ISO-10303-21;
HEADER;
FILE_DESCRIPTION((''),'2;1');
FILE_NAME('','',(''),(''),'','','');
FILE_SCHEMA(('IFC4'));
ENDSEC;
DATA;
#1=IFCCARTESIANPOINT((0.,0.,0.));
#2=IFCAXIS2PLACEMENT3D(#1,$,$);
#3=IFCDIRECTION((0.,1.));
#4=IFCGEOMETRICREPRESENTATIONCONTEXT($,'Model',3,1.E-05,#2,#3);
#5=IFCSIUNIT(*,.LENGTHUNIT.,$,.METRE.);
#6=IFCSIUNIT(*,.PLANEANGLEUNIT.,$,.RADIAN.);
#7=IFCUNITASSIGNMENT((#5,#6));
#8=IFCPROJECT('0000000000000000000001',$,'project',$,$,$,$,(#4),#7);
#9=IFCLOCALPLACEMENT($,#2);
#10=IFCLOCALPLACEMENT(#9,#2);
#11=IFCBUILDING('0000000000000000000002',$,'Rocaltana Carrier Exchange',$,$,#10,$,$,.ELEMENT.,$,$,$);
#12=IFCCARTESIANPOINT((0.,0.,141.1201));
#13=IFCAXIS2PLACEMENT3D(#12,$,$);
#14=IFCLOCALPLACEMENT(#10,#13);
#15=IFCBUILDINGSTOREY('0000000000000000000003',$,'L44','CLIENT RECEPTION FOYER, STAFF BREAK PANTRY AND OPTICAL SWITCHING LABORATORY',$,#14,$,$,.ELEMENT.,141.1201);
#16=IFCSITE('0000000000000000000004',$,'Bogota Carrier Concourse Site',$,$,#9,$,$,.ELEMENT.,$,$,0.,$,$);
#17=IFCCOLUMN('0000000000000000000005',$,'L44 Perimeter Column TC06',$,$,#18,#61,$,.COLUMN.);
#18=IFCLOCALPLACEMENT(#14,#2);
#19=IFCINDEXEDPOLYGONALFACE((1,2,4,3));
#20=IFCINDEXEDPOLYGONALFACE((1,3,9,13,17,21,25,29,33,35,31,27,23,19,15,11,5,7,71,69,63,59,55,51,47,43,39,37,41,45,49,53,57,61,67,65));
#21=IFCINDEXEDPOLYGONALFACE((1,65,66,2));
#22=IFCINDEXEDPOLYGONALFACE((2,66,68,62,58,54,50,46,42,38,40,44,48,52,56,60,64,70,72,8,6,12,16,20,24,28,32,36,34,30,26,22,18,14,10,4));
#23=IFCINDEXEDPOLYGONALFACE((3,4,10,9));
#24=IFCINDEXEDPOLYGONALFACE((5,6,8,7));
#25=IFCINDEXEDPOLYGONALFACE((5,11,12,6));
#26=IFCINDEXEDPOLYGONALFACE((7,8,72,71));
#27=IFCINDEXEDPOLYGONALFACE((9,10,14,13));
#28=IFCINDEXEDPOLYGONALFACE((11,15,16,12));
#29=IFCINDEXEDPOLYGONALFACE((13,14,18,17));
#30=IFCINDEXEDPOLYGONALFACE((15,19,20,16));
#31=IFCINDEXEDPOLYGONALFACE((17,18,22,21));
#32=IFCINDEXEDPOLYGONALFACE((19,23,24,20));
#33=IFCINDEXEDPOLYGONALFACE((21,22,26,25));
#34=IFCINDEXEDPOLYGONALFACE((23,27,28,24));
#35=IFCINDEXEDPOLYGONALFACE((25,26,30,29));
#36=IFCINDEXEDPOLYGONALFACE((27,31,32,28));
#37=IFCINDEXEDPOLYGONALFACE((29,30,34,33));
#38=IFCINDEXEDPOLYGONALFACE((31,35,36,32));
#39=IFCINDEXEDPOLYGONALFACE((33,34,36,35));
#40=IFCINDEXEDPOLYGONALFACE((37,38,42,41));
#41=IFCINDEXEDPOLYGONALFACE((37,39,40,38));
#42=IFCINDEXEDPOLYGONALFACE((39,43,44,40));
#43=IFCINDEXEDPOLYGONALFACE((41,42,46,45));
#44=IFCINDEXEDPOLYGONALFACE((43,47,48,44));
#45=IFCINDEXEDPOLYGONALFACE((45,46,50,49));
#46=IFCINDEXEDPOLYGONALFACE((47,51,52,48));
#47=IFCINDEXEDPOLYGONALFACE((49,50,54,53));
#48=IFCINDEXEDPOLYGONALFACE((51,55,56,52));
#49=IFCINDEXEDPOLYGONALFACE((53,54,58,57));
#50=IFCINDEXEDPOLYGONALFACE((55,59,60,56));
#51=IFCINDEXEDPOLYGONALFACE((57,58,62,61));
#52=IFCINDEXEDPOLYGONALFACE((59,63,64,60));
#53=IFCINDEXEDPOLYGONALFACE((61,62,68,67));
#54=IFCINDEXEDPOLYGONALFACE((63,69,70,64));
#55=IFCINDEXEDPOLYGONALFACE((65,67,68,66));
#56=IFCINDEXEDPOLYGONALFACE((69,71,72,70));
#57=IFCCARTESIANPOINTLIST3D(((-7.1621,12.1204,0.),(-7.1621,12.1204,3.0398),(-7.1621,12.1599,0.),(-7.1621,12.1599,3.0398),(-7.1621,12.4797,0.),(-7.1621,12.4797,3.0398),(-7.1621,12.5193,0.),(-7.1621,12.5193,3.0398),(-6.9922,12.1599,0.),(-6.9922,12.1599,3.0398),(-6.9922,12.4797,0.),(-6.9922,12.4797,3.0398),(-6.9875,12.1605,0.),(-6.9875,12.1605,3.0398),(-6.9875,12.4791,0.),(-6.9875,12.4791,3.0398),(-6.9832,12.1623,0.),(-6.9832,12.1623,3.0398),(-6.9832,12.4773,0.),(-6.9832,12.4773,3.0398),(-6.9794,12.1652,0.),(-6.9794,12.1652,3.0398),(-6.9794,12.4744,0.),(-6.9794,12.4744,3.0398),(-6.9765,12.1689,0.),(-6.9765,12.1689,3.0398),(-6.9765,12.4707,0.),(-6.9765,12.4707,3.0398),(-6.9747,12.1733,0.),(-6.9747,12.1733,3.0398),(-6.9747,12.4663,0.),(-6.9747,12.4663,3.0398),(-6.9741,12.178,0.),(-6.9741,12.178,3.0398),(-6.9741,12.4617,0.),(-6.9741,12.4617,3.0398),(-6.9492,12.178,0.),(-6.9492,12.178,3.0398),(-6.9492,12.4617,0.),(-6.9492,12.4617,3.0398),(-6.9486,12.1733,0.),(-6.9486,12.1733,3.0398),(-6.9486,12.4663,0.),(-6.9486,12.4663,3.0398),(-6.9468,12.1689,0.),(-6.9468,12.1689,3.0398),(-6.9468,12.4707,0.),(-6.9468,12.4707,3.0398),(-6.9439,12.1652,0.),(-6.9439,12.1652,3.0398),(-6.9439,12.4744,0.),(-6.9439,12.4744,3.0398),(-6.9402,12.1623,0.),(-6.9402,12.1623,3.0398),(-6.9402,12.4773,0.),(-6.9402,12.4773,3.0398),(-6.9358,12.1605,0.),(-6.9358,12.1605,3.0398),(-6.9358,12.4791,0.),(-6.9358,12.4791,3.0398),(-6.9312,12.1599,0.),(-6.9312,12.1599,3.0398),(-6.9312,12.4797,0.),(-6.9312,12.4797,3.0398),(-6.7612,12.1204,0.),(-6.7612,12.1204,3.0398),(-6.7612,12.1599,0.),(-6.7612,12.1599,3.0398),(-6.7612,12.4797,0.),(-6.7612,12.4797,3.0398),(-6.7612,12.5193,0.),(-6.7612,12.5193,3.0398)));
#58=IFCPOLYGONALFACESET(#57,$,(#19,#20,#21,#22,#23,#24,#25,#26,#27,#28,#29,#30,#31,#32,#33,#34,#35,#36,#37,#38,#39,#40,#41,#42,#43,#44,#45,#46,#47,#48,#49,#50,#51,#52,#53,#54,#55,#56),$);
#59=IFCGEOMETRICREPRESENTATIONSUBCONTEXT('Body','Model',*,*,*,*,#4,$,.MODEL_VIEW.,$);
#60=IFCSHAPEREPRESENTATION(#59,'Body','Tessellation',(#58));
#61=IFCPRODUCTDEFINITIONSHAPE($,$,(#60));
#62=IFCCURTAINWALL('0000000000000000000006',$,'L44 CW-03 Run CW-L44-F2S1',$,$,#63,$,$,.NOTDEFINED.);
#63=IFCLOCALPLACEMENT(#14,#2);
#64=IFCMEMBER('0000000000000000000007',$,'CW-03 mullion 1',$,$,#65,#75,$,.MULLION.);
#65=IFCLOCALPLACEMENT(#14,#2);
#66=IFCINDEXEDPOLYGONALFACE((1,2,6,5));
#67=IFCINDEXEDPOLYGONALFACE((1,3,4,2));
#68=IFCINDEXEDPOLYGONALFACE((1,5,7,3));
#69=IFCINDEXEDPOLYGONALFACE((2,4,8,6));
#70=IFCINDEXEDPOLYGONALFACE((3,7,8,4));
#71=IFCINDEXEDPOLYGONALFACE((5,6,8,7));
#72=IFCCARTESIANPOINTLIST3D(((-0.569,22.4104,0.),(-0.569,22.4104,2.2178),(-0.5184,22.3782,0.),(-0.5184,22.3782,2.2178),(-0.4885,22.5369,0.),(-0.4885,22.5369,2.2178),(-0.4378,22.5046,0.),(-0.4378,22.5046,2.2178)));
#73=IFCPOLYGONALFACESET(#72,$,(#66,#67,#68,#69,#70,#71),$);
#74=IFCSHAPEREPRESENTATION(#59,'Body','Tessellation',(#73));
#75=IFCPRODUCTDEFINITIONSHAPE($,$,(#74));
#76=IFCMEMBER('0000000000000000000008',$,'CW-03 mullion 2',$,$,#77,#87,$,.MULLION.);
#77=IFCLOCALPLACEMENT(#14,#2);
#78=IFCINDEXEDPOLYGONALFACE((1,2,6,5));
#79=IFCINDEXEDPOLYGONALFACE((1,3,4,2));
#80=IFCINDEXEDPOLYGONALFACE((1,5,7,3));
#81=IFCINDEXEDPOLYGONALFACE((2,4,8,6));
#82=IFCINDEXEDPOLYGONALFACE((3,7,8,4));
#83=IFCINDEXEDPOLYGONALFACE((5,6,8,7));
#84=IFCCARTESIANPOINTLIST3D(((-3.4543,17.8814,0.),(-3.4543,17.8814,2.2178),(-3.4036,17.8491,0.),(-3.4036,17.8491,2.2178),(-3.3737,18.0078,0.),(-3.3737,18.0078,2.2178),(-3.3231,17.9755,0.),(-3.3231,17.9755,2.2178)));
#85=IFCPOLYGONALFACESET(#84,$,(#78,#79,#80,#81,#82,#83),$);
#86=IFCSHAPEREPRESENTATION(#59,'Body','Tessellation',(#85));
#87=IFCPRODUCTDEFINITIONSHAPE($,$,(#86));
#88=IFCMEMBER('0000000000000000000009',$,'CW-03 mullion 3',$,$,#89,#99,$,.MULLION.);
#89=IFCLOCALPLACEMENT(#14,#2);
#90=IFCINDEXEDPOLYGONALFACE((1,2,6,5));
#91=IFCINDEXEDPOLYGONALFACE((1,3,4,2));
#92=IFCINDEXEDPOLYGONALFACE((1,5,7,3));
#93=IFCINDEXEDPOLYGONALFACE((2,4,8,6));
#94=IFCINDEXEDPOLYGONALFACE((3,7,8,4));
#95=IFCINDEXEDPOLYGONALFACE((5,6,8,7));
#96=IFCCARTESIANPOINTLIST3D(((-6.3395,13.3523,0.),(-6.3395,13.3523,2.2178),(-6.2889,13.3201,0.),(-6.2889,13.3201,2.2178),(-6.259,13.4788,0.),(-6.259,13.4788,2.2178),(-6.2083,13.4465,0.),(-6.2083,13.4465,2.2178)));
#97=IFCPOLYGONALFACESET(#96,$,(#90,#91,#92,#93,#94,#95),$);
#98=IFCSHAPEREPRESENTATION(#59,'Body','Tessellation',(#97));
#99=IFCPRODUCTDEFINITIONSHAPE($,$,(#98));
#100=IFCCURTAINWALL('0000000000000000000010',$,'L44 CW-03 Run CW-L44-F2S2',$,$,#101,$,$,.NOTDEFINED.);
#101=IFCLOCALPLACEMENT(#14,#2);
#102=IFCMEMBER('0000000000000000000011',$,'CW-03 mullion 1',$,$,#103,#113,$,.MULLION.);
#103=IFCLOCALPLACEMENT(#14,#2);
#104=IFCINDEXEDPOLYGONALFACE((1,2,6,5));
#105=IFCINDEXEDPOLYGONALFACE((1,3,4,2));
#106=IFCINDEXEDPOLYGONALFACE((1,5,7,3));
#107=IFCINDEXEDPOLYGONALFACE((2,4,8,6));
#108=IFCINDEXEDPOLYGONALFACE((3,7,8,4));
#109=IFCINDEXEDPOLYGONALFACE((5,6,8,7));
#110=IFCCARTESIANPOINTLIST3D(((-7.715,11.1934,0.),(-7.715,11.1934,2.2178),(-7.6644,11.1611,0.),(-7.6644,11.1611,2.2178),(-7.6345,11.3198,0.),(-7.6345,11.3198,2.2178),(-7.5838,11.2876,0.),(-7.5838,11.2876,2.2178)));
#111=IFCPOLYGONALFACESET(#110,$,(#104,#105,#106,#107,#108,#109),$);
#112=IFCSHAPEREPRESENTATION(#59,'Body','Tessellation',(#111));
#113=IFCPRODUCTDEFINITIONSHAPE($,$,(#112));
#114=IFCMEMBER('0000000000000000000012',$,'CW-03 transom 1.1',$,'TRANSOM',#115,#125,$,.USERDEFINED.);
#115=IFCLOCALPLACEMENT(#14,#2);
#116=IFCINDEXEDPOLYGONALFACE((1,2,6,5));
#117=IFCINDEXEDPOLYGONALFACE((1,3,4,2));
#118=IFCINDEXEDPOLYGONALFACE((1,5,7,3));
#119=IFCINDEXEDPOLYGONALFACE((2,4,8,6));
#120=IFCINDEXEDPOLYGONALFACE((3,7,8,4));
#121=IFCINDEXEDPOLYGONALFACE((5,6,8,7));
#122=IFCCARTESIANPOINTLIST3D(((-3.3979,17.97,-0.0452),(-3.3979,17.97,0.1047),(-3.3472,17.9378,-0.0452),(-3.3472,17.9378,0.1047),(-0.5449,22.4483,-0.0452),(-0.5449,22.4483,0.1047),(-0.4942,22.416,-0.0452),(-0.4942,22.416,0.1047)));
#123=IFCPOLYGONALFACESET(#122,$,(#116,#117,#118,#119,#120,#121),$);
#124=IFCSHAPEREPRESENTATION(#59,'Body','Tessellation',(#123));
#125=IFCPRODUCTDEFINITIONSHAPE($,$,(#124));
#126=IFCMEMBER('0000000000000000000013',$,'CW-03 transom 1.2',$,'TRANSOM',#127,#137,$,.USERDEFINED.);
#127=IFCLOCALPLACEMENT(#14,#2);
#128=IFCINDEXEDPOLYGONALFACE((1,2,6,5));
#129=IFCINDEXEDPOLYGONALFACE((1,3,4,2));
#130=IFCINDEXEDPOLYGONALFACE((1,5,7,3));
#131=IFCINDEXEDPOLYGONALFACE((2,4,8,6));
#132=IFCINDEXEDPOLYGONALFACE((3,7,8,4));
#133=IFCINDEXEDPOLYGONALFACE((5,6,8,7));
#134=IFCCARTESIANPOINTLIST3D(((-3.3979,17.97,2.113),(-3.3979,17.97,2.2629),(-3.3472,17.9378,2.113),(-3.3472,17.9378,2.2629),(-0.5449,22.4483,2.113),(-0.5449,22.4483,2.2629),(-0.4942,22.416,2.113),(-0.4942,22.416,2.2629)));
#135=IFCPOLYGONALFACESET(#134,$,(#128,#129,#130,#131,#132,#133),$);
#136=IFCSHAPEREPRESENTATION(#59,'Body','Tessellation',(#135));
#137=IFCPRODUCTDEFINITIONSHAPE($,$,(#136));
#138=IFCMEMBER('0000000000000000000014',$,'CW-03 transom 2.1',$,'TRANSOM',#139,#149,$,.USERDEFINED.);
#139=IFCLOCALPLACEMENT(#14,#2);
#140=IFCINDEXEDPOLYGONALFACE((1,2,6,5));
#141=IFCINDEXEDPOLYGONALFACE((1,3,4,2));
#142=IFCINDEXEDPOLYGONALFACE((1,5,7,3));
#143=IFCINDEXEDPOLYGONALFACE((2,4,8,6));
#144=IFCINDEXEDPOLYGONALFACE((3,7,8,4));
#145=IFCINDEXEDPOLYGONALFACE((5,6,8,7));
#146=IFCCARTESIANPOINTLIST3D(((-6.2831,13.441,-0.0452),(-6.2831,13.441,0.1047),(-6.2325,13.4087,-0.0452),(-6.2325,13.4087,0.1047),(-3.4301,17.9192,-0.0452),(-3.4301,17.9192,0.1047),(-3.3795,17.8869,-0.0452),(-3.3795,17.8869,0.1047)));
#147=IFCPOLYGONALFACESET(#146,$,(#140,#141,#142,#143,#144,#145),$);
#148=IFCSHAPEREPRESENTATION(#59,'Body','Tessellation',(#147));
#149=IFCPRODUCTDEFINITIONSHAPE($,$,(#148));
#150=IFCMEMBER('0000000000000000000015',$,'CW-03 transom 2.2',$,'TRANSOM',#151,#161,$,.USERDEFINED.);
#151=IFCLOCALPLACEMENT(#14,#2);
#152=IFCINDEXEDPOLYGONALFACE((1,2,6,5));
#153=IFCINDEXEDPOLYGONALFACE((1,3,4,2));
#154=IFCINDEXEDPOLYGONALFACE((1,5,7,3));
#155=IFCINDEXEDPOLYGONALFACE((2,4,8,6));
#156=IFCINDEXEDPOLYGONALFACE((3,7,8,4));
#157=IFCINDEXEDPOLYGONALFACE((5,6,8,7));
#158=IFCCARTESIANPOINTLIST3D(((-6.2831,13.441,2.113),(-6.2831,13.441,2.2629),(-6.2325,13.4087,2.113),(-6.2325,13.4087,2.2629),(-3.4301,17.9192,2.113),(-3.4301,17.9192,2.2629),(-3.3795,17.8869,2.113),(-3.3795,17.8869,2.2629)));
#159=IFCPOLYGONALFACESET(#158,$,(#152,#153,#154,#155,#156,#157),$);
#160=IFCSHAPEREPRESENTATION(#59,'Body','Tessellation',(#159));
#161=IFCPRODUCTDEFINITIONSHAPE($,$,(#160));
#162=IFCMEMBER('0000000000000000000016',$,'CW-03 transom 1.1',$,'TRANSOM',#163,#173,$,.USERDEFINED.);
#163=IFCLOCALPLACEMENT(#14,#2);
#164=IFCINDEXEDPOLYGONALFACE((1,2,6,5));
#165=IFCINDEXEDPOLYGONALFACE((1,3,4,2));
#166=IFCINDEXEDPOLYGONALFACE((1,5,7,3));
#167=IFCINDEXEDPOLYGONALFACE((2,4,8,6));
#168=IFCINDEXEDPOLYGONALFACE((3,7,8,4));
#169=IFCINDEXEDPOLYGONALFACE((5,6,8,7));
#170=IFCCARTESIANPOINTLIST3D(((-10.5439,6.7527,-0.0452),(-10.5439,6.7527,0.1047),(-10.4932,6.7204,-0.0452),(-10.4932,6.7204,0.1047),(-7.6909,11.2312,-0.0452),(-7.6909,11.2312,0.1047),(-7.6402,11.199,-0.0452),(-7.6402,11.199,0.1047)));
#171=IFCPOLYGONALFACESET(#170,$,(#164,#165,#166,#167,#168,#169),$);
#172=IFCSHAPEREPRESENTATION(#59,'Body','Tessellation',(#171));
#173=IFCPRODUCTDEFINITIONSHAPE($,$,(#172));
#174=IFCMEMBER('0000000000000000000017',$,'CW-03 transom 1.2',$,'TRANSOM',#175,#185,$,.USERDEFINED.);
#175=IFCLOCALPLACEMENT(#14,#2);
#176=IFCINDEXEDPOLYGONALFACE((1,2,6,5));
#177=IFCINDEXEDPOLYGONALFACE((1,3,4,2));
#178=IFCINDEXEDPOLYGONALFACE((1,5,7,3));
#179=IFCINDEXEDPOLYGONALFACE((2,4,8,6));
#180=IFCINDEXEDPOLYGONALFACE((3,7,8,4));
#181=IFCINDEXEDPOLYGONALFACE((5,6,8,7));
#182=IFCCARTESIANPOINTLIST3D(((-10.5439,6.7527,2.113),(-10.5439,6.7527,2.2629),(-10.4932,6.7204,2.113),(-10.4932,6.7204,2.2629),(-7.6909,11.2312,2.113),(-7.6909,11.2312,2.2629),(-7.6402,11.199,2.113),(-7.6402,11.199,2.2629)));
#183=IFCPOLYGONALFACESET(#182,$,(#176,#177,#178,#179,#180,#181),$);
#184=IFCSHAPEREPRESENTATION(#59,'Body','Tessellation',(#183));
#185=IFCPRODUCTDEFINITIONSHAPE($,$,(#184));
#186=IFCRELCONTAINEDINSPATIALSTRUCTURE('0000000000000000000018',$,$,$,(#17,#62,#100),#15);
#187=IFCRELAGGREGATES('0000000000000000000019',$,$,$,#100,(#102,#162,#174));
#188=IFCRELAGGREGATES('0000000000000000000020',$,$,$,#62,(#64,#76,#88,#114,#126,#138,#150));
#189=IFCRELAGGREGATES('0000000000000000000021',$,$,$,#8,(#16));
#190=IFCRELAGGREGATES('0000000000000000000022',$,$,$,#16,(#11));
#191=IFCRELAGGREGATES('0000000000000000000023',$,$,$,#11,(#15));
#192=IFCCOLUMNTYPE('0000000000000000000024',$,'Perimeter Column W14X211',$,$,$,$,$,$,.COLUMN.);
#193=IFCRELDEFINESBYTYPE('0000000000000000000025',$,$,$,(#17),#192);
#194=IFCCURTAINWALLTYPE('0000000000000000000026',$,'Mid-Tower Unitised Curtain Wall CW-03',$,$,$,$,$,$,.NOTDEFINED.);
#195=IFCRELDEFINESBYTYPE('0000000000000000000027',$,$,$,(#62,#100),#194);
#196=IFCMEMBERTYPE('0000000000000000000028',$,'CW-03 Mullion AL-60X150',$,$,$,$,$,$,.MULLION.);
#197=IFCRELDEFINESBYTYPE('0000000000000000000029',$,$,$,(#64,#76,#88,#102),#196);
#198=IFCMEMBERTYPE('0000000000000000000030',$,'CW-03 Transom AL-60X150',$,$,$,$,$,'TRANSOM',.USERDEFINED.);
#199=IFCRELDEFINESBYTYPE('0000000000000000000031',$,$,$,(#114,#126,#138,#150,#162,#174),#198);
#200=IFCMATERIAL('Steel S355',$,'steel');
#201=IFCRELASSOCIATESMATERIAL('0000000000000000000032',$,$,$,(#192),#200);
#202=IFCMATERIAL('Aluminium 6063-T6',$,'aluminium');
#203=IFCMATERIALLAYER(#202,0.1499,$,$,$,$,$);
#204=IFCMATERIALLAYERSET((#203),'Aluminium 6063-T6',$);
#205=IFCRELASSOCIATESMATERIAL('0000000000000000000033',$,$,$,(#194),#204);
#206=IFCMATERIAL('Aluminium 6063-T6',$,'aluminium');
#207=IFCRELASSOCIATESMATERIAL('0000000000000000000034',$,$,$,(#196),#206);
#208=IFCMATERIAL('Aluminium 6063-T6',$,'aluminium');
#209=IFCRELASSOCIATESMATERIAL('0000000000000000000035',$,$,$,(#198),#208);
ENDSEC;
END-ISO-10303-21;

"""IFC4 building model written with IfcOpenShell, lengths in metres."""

from ifc_helpers import new_model, si_unit, direction, frame, origin, origin_2d, place, context, subcontext, project, spatial, rectangle, i_section, extrude, material, layer, layer_set, material_profile, profile_set, type_object, element, aggregate, save


model = new_model("IFC4")

# Units and contexts
model_context = context("Model", 3, precision=1e-05, world=origin(), true_north=direction((0.0, 1.0)))
body_context = subcontext(model_context, "Body", "Model", "MODEL_VIEW")
ifc_project = project(units=[si_unit("LENGTHUNIT", "METRE"), si_unit("PLANEANGLEUNIT", "RADIAN")], contexts=[model_context])

# Site, building, storey
site_placement = place(None, origin())
site = spatial("IfcSite", under=ifc_project, at=site_placement, Name="Bogota Carrier Concourse Site", CompositionType="ELEMENT", RefElevation=0.0)
building_placement = place(site_placement, origin())
building = spatial("IfcBuilding", under=site, at=building_placement, Name="Rocaltana Carrier Exchange", CompositionType="ELEMENT")
storey_placement = place(building_placement, frame((0.0, 0.0, 141.1201)))
storey = spatial("IfcBuildingStorey", under=building, at=storey_placement, Name="L44", Description="CLIENT RECEPTION FOYER, STAFF BREAK PANTRY AND OPTICAL SWITCHING LABORATORY", CompositionType="ELEMENT", Elevation=141.1201)

# Column
ifc_material_1 = material(Name="Steel S355", Category="steel")
ifc_material_profile_1 = material_profile(ifc_material_1, i_section(OverallWidth=0.4009, OverallDepth=0.3989, WebThickness=0.0249, FlangeThickness=0.0396, FilletRadius=0.0181, at=origin_2d()), Name="W14X211")
ifc_profile_set_1 = profile_set([ifc_material_profile_1], Name="Steel S355")
column_type = type_object("IfcColumnType", Name="Perimeter Column W14X211", PredefinedType="COLUMN", material=ifc_profile_set_1)
column_placement = place(storey_placement, frame((-6.9617, 12.3198, 0.0), z_axis=(0.0, 0.0, 1.0), x_axis=(1.0, 0.0, 0.0)))
element("IfcColumn", 1, at=column_placement, inside=storey, type_object=column_type, Name="L44 Perimeter Column TC06", PredefinedType="COLUMN", context=body_context, shape_type="SweptSolid", body=[
    extrude(i_section(OverallWidth=0.4009, OverallDepth=0.3989, WebThickness=0.0249, FlangeThickness=0.0396, FilletRadius=0.0181, at=origin_2d()), origin(), (0.0, 0.0, 1.0), 3.0398),
])

# Curtain wall, members
ifc_material_2 = material(Name="Aluminium 6063-T6", Category="aluminium")
ifc_layer_1 = layer(ifc_material_2, 0.1499)
ifc_layer_set_1 = layer_set([ifc_layer_1], Name="Aluminium 6063-T6")
curtain_wall_type = type_object("IfcCurtainWallType", Name="Mid-Tower Unitised Curtain Wall CW-03", PredefinedType="NOTDEFINED", material=ifc_layer_set_1)
curtain_wall_1_placement = place(storey_placement, origin())
curtain_wall_1 = element("IfcCurtainWall", 2, at=curtain_wall_1_placement, inside=storey, type_object=curtain_wall_type, Name="L44 CW-03 Run CW-L44-F2S1", PredefinedType="NOTDEFINED")
ifc_material_3 = material(Name="Aluminium 6063-T6", Category="aluminium")
ifc_material_profile_2 = material_profile(ifc_material_3, rectangle(XDim=0.0601, YDim=0.1499, at=origin_2d()), Name="AL-60X150")
ifc_profile_set_2 = profile_set([ifc_material_profile_2], Name="Aluminium 6063-T6")
member_type_1 = type_object("IfcMemberType", Name="CW-03 Mullion AL-60X150", PredefinedType="MULLION", material=ifc_profile_set_2)
member_1_placement = place(storey_placement, frame((-0.5034, 22.4575, 0.0), z_axis=(0.0, 0.0, 1.0), x_axis=(0.843391, -0.537301, 0.0)))
member_1 = element("IfcMember", 3, at=member_1_placement, type_object=member_type_1, Name="CW-03 mullion 1", PredefinedType="MULLION", context=body_context, shape_type="SweptSolid", body=[
    extrude(rectangle(XDim=0.0601, YDim=0.1499, at=origin_2d()), origin(), (0.0, 0.0, 1.0), 2.2178),
])
member_2_placement = place(storey_placement, frame((-3.3887, 17.9285, 0.0), z_axis=(0.0, 0.0, 1.0), x_axis=(0.843391, -0.537301, 0.0)))
member_2 = element("IfcMember", 4, at=member_2_placement, type_object=member_type_1, Name="CW-03 mullion 2", PredefinedType="MULLION", context=body_context, shape_type="SweptSolid", body=[
    extrude(rectangle(XDim=0.0601, YDim=0.1499, at=origin_2d()), origin(), (0.0, 0.0, 1.0), 2.2178),
])
member_3_placement = place(storey_placement, frame((-6.2739, 13.3994, 0.0), z_axis=(0.0, 0.0, 1.0), x_axis=(0.843391, -0.537301, 0.0)))
member_3 = element("IfcMember", 5, at=member_3_placement, type_object=member_type_1, Name="CW-03 mullion 3", PredefinedType="MULLION", context=body_context, shape_type="SweptSolid", body=[
    extrude(rectangle(XDim=0.0601, YDim=0.1499, at=origin_2d()), origin(), (0.0, 0.0, 1.0), 2.2178),
])

# Curtain wall, member
curtain_wall_2_placement = place(storey_placement, origin())
curtain_wall_2 = element("IfcCurtainWall", 6, at=curtain_wall_2_placement, inside=storey, type_object=curtain_wall_type, Name="L44 CW-03 Run CW-L44-F2S2", PredefinedType="NOTDEFINED")
member_4_placement = place(storey_placement, frame((-7.6494, 11.2405, 0.0), z_axis=(0.0, 0.0, 1.0), x_axis=(0.843391, -0.537301, 0.0)))
member_4 = element("IfcMember", 7, at=member_4_placement, type_object=member_type_1, Name="CW-03 mullion 1", PredefinedType="MULLION", context=body_context, shape_type="SweptSolid", body=[
    extrude(rectangle(XDim=0.0601, YDim=0.1499, at=origin_2d()), origin(), (0.0, 0.0, 1.0), 2.2178),
])

# Members
ifc_material_4 = material(Name="Aluminium 6063-T6", Category="aluminium")
ifc_material_profile_3 = material_profile(ifc_material_4, rectangle(XDim=0.0601, YDim=0.1499, at=origin_2d()), Name="AL-60X150")
ifc_profile_set_3 = profile_set([ifc_material_profile_3], Name="Aluminium 6063-T6")
member_type_2 = type_object("IfcMemberType", Name="CW-03 Transom AL-60X150", ElementType="TRANSOM", PredefinedType="USERDEFINED", material=ifc_profile_set_3)
member_5_placement = place(storey_placement, frame((-0.5195, 22.4321, 0.0298), z_axis=(-0.537307, -0.843387, 0.0), x_axis=(0.843387, -0.537307, 0.0)))
member_5 = element("IfcMember", 8, at=member_5_placement, type_object=member_type_2, Name="CW-03 transom 1.1", ObjectType="TRANSOM", PredefinedType="USERDEFINED", context=body_context, shape_type="SweptSolid", body=[
    extrude(rectangle(XDim=0.0601, YDim=0.1499, at=origin_2d()), origin(), (0.0, 0.0, 1.0), 5.3098),
])
member_6_placement = place(storey_placement, frame((-0.5195, 22.4321, 2.188), z_axis=(-0.537307, -0.843387, 0.0), x_axis=(0.843387, -0.537307, 0.0)))
member_6 = element("IfcMember", 9, at=member_6_placement, type_object=member_type_2, Name="CW-03 transom 1.2", ObjectType="TRANSOM", PredefinedType="USERDEFINED", context=body_context, shape_type="SweptSolid", body=[
    extrude(rectangle(XDim=0.0601, YDim=0.1499, at=origin_2d()), origin(), (0.0, 0.0, 1.0), 5.3098),
])
member_7_placement = place(storey_placement, frame((-3.4048, 17.9031, 0.0298), z_axis=(-0.537307, -0.843387, 0.0), x_axis=(0.843387, -0.537307, 0.0)))
member_7 = element("IfcMember", 10, at=member_7_placement, type_object=member_type_2, Name="CW-03 transom 2.1", ObjectType="TRANSOM", PredefinedType="USERDEFINED", context=body_context, shape_type="SweptSolid", body=[
    extrude(rectangle(XDim=0.0601, YDim=0.1499, at=origin_2d()), origin(), (0.0, 0.0, 1.0), 5.3098),
])
member_8_placement = place(storey_placement, frame((-3.4048, 17.9031, 2.188), z_axis=(-0.537307, -0.843387, 0.0), x_axis=(0.843387, -0.537307, 0.0)))
member_8 = element("IfcMember", 11, at=member_8_placement, type_object=member_type_2, Name="CW-03 transom 2.2", ObjectType="TRANSOM", PredefinedType="USERDEFINED", context=body_context, shape_type="SweptSolid", body=[
    extrude(rectangle(XDim=0.0601, YDim=0.1499, at=origin_2d()), origin(), (0.0, 0.0, 1.0), 5.3098),
])
member_9_placement = place(storey_placement, frame((-7.6655, 11.2151, 0.0298), z_axis=(-0.537286, -0.8434, 0.0), x_axis=(0.8434, -0.537286, 0.0)))
member_9 = element("IfcMember", 12, at=member_9_placement, type_object=member_type_2, Name="CW-03 transom 1.1", ObjectType="TRANSOM", PredefinedType="USERDEFINED", context=body_context, shape_type="SweptSolid", body=[
    extrude(rectangle(XDim=0.0601, YDim=0.1499, at=origin_2d()), origin(), (0.0, 0.0, 1.0), 5.3101),
])
member_10_placement = place(storey_placement, frame((-7.6655, 11.2151, 2.188), z_axis=(-0.537286, -0.8434, 0.0), x_axis=(0.8434, -0.537286, 0.0)))
member_10 = element("IfcMember", 13, at=member_10_placement, type_object=member_type_2, Name="CW-03 transom 1.2", ObjectType="TRANSOM", PredefinedType="USERDEFINED", context=body_context, shape_type="SweptSolid", body=[
    extrude(rectangle(XDim=0.0601, YDim=0.1499, at=origin_2d()), origin(), (0.0, 0.0, 1.0), 5.3101),
])
aggregate(curtain_wall_2, [member_4, member_9, member_10])

aggregate(curtain_wall_1, [member_1, member_2, member_3, member_5, member_6, member_7, member_8])

save(model, "model.ifc")
